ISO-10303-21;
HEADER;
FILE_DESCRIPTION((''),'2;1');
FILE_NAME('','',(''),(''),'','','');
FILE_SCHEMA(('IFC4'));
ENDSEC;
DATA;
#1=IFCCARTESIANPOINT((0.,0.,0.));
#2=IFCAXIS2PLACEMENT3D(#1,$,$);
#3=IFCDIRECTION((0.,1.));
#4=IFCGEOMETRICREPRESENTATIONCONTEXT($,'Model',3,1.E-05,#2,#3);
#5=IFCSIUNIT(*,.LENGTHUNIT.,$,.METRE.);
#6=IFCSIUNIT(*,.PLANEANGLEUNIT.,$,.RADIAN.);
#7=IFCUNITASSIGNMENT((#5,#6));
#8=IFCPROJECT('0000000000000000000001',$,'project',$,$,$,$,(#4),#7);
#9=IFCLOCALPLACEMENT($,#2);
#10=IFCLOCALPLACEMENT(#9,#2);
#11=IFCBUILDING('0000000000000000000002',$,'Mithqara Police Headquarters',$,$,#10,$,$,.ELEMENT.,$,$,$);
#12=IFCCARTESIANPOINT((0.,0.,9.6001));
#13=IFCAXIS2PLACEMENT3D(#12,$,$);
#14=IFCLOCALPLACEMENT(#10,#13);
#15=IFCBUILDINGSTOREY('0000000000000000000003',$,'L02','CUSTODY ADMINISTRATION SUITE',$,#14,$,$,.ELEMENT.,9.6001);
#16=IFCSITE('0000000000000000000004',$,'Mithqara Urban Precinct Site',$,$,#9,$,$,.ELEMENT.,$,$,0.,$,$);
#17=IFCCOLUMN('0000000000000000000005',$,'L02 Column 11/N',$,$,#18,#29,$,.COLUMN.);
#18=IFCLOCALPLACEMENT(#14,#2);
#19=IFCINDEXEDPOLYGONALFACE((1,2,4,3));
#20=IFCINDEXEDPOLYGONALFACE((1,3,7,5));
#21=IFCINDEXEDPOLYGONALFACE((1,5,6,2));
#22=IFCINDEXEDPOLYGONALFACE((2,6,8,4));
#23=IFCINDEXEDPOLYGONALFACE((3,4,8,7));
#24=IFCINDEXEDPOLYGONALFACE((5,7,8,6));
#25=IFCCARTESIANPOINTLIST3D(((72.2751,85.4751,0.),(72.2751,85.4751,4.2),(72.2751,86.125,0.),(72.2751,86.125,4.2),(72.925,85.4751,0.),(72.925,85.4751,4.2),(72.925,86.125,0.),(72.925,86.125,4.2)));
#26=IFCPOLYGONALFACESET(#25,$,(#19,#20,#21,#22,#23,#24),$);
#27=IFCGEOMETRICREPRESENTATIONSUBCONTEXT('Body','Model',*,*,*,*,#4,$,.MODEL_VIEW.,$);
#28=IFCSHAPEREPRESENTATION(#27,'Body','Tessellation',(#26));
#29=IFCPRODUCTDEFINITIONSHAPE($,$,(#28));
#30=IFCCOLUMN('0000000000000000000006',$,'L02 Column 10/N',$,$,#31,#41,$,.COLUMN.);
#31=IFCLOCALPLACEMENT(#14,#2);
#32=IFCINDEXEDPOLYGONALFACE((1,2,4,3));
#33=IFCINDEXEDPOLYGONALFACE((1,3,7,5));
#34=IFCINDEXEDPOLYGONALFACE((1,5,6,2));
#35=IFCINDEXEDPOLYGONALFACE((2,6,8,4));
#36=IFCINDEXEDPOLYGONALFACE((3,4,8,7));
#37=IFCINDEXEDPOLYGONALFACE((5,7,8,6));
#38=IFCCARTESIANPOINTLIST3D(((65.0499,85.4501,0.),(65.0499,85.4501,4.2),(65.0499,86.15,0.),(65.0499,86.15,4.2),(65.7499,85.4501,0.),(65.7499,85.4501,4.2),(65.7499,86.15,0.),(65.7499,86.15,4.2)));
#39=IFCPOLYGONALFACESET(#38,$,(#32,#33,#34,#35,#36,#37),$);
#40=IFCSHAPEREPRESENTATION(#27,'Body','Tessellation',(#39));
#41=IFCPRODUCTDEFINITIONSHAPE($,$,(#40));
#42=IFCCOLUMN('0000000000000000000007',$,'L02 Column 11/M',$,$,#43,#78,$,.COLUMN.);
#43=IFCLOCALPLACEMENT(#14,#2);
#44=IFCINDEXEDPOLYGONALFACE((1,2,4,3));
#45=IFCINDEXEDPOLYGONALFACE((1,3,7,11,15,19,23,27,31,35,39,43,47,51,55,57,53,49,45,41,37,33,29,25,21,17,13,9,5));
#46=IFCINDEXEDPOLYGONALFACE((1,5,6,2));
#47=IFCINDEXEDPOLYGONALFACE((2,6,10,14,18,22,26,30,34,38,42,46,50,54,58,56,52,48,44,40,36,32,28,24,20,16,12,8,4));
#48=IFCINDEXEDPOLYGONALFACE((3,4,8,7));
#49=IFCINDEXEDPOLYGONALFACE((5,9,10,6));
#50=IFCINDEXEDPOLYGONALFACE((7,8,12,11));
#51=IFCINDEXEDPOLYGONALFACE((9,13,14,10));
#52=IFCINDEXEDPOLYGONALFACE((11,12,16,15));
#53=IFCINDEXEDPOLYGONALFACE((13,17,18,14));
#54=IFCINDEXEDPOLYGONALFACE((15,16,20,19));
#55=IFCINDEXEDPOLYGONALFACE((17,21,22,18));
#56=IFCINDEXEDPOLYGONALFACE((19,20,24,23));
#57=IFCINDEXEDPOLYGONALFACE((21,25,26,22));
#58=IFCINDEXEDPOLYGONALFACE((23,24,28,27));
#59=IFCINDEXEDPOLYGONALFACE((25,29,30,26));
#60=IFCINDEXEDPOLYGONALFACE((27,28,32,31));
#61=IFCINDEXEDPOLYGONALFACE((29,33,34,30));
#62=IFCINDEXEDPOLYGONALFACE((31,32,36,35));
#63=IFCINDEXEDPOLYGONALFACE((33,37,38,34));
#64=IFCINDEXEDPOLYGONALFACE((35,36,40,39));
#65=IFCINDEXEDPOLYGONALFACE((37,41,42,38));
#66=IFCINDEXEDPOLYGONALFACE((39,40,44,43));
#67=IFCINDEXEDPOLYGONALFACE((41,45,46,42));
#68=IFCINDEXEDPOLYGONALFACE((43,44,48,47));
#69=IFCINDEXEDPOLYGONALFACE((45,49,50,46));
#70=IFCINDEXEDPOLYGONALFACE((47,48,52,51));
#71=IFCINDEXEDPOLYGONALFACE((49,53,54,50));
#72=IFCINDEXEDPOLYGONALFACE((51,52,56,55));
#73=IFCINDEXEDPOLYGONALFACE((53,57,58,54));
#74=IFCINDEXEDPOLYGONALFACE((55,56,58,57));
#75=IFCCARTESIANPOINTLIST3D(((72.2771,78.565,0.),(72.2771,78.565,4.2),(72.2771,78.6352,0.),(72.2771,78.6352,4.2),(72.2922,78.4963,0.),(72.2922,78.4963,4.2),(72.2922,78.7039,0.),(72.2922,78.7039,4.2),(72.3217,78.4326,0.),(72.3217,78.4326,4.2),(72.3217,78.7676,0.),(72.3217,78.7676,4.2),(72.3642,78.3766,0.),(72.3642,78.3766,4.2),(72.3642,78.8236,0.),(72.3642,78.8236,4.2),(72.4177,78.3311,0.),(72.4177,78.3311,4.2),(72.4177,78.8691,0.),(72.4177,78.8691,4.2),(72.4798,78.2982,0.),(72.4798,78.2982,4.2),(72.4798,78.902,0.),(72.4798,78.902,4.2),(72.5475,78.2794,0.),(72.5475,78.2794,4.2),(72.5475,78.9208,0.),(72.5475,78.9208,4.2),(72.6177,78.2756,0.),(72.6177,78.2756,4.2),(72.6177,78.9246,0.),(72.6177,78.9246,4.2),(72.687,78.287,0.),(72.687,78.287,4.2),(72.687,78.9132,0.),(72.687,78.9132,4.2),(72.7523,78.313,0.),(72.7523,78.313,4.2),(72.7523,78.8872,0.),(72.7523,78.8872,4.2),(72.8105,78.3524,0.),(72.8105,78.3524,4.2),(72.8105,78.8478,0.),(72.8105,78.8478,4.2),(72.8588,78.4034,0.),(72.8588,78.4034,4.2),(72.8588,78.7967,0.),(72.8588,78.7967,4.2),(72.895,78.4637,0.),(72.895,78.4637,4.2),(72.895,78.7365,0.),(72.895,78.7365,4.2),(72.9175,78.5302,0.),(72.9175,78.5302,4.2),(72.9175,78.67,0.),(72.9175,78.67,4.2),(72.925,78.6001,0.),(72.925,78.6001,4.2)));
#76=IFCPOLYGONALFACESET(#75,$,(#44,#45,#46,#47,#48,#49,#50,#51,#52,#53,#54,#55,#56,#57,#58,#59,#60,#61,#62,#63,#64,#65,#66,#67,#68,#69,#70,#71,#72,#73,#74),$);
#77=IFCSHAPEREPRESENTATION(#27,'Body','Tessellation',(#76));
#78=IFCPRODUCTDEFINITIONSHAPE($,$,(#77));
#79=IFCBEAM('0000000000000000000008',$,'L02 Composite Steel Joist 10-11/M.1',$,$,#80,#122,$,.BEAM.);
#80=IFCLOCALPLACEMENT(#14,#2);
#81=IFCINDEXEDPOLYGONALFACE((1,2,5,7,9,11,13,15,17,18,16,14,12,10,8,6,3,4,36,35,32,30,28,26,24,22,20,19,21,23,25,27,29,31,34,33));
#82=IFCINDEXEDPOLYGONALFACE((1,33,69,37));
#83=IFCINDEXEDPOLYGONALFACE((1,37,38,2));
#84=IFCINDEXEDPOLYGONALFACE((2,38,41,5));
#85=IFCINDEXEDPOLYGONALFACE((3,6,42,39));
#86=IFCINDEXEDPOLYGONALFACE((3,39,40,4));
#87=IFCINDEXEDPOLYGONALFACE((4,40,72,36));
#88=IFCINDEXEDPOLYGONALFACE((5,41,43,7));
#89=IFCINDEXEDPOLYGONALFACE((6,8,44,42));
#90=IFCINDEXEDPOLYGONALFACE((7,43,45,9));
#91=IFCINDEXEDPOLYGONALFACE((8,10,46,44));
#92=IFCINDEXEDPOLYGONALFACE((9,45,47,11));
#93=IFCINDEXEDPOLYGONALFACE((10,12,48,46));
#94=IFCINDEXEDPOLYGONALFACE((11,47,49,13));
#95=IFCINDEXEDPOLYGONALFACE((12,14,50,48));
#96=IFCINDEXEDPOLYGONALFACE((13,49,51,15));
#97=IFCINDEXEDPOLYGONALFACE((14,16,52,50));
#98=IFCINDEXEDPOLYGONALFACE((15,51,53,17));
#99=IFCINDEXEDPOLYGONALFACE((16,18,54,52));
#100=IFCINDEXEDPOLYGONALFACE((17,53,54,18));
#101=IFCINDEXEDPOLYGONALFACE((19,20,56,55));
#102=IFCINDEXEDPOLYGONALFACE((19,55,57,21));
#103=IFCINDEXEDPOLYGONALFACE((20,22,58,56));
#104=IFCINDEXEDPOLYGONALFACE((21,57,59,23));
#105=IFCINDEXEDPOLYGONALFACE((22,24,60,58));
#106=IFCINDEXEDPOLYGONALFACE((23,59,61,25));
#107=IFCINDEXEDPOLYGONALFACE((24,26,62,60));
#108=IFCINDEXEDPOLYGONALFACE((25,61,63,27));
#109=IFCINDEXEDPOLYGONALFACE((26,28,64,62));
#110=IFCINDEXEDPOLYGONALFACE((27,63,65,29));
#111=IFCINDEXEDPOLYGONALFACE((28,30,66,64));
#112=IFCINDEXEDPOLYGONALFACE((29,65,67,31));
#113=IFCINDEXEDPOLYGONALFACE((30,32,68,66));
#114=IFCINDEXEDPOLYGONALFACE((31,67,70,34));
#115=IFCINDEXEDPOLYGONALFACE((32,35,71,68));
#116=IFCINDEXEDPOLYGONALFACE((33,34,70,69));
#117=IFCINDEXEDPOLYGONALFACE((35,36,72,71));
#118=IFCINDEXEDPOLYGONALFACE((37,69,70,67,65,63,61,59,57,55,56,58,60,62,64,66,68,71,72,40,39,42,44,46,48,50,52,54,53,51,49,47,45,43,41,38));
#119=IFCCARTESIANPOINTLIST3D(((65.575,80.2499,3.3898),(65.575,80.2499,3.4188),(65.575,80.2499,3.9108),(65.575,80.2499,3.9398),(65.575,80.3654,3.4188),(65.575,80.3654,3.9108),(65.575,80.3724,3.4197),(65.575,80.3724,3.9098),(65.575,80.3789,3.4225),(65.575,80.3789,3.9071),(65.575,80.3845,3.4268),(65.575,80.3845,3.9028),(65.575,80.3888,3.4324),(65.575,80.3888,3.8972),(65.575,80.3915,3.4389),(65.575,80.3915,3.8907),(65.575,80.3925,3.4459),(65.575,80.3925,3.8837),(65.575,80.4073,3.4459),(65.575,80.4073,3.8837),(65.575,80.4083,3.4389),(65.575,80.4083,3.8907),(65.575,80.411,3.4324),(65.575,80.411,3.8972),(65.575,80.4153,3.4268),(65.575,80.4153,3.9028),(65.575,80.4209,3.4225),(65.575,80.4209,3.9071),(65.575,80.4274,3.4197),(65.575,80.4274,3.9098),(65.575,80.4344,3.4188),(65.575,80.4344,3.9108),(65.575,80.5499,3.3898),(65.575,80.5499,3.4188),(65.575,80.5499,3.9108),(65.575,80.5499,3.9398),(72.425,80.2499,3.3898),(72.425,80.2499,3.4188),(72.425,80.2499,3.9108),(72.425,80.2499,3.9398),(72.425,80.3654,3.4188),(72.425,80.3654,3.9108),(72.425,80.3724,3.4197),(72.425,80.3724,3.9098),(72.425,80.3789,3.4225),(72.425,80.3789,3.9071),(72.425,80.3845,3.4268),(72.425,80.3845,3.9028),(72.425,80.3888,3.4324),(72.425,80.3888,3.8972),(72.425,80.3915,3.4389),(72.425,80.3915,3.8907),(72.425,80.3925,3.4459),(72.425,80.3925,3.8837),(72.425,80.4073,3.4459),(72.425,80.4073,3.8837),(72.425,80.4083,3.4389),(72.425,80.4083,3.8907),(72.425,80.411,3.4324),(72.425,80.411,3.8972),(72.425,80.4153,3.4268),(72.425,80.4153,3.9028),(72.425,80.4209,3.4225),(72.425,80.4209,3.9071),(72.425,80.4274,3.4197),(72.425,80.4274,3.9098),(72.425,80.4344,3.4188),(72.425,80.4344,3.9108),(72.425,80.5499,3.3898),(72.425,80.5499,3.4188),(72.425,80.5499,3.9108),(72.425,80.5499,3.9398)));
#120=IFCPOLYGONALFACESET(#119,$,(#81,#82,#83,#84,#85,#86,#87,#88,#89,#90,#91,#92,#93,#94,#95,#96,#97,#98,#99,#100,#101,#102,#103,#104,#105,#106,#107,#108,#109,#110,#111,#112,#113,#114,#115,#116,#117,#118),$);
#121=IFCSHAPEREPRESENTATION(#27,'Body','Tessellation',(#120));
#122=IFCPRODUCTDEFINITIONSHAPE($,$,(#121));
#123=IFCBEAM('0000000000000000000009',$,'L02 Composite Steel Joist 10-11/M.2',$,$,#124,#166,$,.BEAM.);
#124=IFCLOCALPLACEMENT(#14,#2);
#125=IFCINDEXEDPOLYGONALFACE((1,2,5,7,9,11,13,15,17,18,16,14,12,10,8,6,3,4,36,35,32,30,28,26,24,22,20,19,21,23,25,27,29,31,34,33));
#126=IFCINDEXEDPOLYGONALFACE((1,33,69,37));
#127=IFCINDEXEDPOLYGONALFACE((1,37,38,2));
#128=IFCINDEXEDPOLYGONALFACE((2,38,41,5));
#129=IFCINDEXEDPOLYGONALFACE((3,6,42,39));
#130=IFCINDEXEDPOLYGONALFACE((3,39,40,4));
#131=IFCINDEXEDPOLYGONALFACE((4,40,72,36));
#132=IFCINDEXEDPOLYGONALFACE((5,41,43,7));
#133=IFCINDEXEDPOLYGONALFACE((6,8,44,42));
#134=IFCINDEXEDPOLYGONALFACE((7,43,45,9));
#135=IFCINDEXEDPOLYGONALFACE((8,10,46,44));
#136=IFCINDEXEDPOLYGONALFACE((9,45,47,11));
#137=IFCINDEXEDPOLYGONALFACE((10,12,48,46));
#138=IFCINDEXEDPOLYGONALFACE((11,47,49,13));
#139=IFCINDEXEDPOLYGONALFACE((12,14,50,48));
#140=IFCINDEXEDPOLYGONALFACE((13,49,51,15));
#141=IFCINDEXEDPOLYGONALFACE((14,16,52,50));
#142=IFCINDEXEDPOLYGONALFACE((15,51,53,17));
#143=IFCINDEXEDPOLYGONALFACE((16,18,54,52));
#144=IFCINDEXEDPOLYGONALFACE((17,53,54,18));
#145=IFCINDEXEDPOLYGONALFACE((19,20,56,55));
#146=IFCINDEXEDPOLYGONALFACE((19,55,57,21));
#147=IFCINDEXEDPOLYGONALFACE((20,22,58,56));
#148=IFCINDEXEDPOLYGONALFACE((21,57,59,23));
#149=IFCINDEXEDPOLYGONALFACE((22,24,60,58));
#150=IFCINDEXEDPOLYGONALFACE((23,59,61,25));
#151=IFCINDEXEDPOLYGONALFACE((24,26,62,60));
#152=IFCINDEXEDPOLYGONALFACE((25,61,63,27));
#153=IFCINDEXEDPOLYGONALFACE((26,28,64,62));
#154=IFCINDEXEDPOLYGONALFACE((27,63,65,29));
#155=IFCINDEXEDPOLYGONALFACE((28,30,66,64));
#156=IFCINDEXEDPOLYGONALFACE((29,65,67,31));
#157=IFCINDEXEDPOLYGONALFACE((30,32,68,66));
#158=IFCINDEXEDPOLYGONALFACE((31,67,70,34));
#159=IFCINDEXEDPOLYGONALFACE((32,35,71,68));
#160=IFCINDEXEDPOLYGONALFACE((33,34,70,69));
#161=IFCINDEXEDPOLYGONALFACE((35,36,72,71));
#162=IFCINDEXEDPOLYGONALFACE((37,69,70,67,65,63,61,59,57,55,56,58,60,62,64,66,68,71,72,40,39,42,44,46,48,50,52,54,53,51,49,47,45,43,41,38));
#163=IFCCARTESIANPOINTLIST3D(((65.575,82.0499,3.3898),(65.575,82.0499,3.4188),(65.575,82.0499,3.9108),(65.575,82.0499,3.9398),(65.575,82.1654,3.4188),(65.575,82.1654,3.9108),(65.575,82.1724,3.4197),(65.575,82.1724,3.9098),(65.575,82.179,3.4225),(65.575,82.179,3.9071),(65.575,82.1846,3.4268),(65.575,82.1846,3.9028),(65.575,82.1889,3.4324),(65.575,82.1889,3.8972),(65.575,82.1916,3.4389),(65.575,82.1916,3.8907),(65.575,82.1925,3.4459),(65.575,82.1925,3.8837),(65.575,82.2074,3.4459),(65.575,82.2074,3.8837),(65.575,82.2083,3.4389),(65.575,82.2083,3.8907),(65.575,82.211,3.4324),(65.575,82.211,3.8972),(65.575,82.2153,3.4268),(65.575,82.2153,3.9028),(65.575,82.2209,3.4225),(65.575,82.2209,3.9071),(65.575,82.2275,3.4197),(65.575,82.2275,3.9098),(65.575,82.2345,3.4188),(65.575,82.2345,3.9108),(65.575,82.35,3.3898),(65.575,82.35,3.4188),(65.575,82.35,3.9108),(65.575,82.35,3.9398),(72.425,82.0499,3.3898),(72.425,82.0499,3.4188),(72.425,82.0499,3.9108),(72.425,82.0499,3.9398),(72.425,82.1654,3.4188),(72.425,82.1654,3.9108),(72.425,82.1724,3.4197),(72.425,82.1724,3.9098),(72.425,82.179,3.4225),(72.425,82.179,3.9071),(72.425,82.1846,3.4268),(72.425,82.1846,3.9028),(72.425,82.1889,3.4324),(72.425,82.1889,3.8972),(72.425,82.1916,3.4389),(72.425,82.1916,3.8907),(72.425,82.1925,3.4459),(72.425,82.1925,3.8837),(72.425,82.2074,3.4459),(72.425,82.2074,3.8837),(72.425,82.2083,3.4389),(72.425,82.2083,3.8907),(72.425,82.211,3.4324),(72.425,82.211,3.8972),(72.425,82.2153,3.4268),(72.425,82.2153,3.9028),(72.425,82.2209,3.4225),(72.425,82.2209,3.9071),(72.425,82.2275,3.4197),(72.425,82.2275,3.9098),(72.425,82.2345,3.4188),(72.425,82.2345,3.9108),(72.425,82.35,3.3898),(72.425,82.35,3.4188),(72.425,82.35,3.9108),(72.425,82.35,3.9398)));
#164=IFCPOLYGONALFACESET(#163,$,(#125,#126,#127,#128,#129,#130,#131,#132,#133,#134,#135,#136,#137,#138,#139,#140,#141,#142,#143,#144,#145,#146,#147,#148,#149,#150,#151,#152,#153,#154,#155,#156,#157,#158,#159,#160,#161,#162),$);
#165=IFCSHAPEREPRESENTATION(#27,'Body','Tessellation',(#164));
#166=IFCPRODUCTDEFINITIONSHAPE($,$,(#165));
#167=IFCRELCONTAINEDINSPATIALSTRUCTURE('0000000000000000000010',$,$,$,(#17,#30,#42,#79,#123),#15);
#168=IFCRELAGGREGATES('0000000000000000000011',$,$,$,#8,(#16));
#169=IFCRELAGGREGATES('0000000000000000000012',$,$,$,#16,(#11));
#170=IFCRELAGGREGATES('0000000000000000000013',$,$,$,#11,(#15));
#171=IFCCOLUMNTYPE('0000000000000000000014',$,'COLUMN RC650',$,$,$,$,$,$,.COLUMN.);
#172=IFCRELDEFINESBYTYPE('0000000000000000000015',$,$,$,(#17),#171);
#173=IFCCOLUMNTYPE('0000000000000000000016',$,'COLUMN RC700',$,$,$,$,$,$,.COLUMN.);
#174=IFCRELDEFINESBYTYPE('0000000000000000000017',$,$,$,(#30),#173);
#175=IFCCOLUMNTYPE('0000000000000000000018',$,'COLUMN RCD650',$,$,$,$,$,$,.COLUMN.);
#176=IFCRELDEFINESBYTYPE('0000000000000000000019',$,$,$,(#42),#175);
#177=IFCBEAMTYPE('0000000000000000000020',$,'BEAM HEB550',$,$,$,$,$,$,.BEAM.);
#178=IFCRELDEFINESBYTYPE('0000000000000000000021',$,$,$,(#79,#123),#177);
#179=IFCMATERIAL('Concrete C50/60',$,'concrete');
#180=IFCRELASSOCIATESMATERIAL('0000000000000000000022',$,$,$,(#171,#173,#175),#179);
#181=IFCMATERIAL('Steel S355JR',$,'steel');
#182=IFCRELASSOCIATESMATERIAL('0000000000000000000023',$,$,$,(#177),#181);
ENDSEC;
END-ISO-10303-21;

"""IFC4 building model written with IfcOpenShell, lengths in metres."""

from ifc_helpers import new_model, si_unit, direction, frame, origin, origin_2d, place, context, subcontext, project, spatial, rectangle, circle, i_section, extrude, material, material_profile, profile_set, type_object, element, save


model = new_model("IFC4")

# Units and contexts
model_context = context("Model", 3, precision=1e-05, world=origin(), true_north=direction((0.0, 1.0)))
body_context = subcontext(model_context, "Body", "Model", "MODEL_VIEW")
ifc_project = project(units=[si_unit("LENGTHUNIT", "METRE"), si_unit("PLANEANGLEUNIT", "RADIAN")], contexts=[model_context])

# Site, building, storey
site_placement = place(None, origin())
site = spatial("IfcSite", under=ifc_project, at=site_placement, Name="Mithqara Urban Precinct Site", CompositionType="ELEMENT", RefElevation=0.0)
building_placement = place(site_placement, origin())
building = spatial("IfcBuilding", under=site, at=building_placement, Name="Mithqara Police Headquarters", CompositionType="ELEMENT")
storey_placement = place(building_placement, frame((0.0, 0.0, 9.6001)))
storey = spatial("IfcBuildingStorey", under=building, at=storey_placement, Name="L02", Description="CUSTODY ADMINISTRATION SUITE", CompositionType="ELEMENT", Elevation=9.6001)

# Columns
ifc_material_1 = material(Name="Concrete C50/60", Category="concrete")
ifc_material_profile_1 = material_profile(ifc_material_1, rectangle(XDim=0.6499, YDim=0.6499, at=origin_2d()), Name="RC 650x650")
ifc_profile_set_1 = profile_set([ifc_material_profile_1], Name="Concrete C50/60")
column_type_1 = type_object("IfcColumnType", Name="COLUMN RC650", PredefinedType="COLUMN", material=ifc_profile_set_1)
column_1_placement = place(storey_placement, frame((72.6001, 85.8, 0.0), z_axis=(0.0, 0.0, 1.0), x_axis=(1.0, 0.0, 0.0)))
element("IfcColumn", 1, at=column_1_placement, inside=storey, type_object=column_type_1, Name="L02 Column 11/N", PredefinedType="COLUMN", context=body_context, shape_type="SweptSolid", body=[
    extrude(rectangle(XDim=0.6499, YDim=0.6499, at=origin_2d()), origin(), (0.0, 0.0, 1.0), 4.2),
])
ifc_material_profile_2 = material_profile(ifc_material_1, rectangle(XDim=0.7, YDim=0.7, at=origin_2d()), Name="RC 700x700")
ifc_profile_set_2 = profile_set([ifc_material_profile_2], Name="Concrete C50/60")
column_type_2 = type_object("IfcColumnType", Name="COLUMN RC700", PredefinedType="COLUMN", material=ifc_profile_set_2)
column_2_placement = place(storey_placement, frame((65.3999, 85.8, 0.0), z_axis=(0.0, 0.0, 1.0), x_axis=(1.0, 0.0, 0.0)))
element("IfcColumn", 2, at=column_2_placement, inside=storey, type_object=column_type_2, Name="L02 Column 10/N", PredefinedType="COLUMN", context=body_context, shape_type="SweptSolid", body=[
    extrude(rectangle(XDim=0.7, YDim=0.7, at=origin_2d()), origin(), (0.0, 0.0, 1.0), 4.2),
])
ifc_material_profile_3 = material_profile(ifc_material_1, circle(Radius=0.325, at=origin_2d()), Name="RCD 650")
ifc_profile_set_3 = profile_set([ifc_material_profile_3], Name="Concrete C50/60")
column_type_3 = type_object("IfcColumnType", Name="COLUMN RCD650", PredefinedType="COLUMN", material=ifc_profile_set_3)
column_3_placement = place(storey_placement, frame((72.6001, 78.6001, 0.0), z_axis=(0.0, 0.0, 1.0), x_axis=(1.0, 0.0, 0.0)))
element("IfcColumn", 3, at=column_3_placement, inside=storey, type_object=column_type_3, Name="L02 Column 11/M", PredefinedType="COLUMN", context=body_context, shape_type="SweptSolid", body=[
    extrude(circle(Radius=0.325, at=origin_2d()), origin(), (0.0, 0.0, 1.0), 4.2),
])

# Beams
ifc_material_2 = material(Name="Steel S355JR", Category="steel")
ifc_material_profile_4 = material_profile(ifc_material_2, i_section(OverallWidth=0.3, OverallDepth=0.55, WebThickness=0.0149, FlangeThickness=0.0291, FilletRadius=0.0271, at=origin_2d()), Name="HEB 550")
ifc_profile_set_4 = profile_set([ifc_material_profile_4], Name="Steel S355JR")
beam_type_1 = type_object("IfcBeamType", Name="BEAM HEB550", PredefinedType="BEAM", material=ifc_profile_set_4)
for number, where, z_axis, x_axis, name in (
    (4, (65.575, 80.3999, 3.6648), (1.0, 0.0, 0.0), (0.0, 1.0, 0.0), "L02 Composite Steel Joist 10-11/M.1"),
    (5, (65.575, 82.2, 3.6648), (1.0, 0.0, 0.0), (0.0, 1.0, 0.0), "L02 Composite Steel Joist 10-11/M.2"),
):
    element("IfcBeam", number, at=place(storey_placement, frame(where, z_axis=z_axis, x_axis=x_axis)), inside=storey, type_object=beam_type_1, Name=name, PredefinedType="BEAM", context=body_context, shape_type="SweptSolid", body=[
        extrude(i_section(OverallWidth=0.3, OverallDepth=0.55, WebThickness=0.0149, FlangeThickness=0.0291, FilletRadius=0.0271, at=origin_2d()), origin(), (0.0, 0.0, 1.0), 6.8501),
    ])

save(model, "model.ifc")
